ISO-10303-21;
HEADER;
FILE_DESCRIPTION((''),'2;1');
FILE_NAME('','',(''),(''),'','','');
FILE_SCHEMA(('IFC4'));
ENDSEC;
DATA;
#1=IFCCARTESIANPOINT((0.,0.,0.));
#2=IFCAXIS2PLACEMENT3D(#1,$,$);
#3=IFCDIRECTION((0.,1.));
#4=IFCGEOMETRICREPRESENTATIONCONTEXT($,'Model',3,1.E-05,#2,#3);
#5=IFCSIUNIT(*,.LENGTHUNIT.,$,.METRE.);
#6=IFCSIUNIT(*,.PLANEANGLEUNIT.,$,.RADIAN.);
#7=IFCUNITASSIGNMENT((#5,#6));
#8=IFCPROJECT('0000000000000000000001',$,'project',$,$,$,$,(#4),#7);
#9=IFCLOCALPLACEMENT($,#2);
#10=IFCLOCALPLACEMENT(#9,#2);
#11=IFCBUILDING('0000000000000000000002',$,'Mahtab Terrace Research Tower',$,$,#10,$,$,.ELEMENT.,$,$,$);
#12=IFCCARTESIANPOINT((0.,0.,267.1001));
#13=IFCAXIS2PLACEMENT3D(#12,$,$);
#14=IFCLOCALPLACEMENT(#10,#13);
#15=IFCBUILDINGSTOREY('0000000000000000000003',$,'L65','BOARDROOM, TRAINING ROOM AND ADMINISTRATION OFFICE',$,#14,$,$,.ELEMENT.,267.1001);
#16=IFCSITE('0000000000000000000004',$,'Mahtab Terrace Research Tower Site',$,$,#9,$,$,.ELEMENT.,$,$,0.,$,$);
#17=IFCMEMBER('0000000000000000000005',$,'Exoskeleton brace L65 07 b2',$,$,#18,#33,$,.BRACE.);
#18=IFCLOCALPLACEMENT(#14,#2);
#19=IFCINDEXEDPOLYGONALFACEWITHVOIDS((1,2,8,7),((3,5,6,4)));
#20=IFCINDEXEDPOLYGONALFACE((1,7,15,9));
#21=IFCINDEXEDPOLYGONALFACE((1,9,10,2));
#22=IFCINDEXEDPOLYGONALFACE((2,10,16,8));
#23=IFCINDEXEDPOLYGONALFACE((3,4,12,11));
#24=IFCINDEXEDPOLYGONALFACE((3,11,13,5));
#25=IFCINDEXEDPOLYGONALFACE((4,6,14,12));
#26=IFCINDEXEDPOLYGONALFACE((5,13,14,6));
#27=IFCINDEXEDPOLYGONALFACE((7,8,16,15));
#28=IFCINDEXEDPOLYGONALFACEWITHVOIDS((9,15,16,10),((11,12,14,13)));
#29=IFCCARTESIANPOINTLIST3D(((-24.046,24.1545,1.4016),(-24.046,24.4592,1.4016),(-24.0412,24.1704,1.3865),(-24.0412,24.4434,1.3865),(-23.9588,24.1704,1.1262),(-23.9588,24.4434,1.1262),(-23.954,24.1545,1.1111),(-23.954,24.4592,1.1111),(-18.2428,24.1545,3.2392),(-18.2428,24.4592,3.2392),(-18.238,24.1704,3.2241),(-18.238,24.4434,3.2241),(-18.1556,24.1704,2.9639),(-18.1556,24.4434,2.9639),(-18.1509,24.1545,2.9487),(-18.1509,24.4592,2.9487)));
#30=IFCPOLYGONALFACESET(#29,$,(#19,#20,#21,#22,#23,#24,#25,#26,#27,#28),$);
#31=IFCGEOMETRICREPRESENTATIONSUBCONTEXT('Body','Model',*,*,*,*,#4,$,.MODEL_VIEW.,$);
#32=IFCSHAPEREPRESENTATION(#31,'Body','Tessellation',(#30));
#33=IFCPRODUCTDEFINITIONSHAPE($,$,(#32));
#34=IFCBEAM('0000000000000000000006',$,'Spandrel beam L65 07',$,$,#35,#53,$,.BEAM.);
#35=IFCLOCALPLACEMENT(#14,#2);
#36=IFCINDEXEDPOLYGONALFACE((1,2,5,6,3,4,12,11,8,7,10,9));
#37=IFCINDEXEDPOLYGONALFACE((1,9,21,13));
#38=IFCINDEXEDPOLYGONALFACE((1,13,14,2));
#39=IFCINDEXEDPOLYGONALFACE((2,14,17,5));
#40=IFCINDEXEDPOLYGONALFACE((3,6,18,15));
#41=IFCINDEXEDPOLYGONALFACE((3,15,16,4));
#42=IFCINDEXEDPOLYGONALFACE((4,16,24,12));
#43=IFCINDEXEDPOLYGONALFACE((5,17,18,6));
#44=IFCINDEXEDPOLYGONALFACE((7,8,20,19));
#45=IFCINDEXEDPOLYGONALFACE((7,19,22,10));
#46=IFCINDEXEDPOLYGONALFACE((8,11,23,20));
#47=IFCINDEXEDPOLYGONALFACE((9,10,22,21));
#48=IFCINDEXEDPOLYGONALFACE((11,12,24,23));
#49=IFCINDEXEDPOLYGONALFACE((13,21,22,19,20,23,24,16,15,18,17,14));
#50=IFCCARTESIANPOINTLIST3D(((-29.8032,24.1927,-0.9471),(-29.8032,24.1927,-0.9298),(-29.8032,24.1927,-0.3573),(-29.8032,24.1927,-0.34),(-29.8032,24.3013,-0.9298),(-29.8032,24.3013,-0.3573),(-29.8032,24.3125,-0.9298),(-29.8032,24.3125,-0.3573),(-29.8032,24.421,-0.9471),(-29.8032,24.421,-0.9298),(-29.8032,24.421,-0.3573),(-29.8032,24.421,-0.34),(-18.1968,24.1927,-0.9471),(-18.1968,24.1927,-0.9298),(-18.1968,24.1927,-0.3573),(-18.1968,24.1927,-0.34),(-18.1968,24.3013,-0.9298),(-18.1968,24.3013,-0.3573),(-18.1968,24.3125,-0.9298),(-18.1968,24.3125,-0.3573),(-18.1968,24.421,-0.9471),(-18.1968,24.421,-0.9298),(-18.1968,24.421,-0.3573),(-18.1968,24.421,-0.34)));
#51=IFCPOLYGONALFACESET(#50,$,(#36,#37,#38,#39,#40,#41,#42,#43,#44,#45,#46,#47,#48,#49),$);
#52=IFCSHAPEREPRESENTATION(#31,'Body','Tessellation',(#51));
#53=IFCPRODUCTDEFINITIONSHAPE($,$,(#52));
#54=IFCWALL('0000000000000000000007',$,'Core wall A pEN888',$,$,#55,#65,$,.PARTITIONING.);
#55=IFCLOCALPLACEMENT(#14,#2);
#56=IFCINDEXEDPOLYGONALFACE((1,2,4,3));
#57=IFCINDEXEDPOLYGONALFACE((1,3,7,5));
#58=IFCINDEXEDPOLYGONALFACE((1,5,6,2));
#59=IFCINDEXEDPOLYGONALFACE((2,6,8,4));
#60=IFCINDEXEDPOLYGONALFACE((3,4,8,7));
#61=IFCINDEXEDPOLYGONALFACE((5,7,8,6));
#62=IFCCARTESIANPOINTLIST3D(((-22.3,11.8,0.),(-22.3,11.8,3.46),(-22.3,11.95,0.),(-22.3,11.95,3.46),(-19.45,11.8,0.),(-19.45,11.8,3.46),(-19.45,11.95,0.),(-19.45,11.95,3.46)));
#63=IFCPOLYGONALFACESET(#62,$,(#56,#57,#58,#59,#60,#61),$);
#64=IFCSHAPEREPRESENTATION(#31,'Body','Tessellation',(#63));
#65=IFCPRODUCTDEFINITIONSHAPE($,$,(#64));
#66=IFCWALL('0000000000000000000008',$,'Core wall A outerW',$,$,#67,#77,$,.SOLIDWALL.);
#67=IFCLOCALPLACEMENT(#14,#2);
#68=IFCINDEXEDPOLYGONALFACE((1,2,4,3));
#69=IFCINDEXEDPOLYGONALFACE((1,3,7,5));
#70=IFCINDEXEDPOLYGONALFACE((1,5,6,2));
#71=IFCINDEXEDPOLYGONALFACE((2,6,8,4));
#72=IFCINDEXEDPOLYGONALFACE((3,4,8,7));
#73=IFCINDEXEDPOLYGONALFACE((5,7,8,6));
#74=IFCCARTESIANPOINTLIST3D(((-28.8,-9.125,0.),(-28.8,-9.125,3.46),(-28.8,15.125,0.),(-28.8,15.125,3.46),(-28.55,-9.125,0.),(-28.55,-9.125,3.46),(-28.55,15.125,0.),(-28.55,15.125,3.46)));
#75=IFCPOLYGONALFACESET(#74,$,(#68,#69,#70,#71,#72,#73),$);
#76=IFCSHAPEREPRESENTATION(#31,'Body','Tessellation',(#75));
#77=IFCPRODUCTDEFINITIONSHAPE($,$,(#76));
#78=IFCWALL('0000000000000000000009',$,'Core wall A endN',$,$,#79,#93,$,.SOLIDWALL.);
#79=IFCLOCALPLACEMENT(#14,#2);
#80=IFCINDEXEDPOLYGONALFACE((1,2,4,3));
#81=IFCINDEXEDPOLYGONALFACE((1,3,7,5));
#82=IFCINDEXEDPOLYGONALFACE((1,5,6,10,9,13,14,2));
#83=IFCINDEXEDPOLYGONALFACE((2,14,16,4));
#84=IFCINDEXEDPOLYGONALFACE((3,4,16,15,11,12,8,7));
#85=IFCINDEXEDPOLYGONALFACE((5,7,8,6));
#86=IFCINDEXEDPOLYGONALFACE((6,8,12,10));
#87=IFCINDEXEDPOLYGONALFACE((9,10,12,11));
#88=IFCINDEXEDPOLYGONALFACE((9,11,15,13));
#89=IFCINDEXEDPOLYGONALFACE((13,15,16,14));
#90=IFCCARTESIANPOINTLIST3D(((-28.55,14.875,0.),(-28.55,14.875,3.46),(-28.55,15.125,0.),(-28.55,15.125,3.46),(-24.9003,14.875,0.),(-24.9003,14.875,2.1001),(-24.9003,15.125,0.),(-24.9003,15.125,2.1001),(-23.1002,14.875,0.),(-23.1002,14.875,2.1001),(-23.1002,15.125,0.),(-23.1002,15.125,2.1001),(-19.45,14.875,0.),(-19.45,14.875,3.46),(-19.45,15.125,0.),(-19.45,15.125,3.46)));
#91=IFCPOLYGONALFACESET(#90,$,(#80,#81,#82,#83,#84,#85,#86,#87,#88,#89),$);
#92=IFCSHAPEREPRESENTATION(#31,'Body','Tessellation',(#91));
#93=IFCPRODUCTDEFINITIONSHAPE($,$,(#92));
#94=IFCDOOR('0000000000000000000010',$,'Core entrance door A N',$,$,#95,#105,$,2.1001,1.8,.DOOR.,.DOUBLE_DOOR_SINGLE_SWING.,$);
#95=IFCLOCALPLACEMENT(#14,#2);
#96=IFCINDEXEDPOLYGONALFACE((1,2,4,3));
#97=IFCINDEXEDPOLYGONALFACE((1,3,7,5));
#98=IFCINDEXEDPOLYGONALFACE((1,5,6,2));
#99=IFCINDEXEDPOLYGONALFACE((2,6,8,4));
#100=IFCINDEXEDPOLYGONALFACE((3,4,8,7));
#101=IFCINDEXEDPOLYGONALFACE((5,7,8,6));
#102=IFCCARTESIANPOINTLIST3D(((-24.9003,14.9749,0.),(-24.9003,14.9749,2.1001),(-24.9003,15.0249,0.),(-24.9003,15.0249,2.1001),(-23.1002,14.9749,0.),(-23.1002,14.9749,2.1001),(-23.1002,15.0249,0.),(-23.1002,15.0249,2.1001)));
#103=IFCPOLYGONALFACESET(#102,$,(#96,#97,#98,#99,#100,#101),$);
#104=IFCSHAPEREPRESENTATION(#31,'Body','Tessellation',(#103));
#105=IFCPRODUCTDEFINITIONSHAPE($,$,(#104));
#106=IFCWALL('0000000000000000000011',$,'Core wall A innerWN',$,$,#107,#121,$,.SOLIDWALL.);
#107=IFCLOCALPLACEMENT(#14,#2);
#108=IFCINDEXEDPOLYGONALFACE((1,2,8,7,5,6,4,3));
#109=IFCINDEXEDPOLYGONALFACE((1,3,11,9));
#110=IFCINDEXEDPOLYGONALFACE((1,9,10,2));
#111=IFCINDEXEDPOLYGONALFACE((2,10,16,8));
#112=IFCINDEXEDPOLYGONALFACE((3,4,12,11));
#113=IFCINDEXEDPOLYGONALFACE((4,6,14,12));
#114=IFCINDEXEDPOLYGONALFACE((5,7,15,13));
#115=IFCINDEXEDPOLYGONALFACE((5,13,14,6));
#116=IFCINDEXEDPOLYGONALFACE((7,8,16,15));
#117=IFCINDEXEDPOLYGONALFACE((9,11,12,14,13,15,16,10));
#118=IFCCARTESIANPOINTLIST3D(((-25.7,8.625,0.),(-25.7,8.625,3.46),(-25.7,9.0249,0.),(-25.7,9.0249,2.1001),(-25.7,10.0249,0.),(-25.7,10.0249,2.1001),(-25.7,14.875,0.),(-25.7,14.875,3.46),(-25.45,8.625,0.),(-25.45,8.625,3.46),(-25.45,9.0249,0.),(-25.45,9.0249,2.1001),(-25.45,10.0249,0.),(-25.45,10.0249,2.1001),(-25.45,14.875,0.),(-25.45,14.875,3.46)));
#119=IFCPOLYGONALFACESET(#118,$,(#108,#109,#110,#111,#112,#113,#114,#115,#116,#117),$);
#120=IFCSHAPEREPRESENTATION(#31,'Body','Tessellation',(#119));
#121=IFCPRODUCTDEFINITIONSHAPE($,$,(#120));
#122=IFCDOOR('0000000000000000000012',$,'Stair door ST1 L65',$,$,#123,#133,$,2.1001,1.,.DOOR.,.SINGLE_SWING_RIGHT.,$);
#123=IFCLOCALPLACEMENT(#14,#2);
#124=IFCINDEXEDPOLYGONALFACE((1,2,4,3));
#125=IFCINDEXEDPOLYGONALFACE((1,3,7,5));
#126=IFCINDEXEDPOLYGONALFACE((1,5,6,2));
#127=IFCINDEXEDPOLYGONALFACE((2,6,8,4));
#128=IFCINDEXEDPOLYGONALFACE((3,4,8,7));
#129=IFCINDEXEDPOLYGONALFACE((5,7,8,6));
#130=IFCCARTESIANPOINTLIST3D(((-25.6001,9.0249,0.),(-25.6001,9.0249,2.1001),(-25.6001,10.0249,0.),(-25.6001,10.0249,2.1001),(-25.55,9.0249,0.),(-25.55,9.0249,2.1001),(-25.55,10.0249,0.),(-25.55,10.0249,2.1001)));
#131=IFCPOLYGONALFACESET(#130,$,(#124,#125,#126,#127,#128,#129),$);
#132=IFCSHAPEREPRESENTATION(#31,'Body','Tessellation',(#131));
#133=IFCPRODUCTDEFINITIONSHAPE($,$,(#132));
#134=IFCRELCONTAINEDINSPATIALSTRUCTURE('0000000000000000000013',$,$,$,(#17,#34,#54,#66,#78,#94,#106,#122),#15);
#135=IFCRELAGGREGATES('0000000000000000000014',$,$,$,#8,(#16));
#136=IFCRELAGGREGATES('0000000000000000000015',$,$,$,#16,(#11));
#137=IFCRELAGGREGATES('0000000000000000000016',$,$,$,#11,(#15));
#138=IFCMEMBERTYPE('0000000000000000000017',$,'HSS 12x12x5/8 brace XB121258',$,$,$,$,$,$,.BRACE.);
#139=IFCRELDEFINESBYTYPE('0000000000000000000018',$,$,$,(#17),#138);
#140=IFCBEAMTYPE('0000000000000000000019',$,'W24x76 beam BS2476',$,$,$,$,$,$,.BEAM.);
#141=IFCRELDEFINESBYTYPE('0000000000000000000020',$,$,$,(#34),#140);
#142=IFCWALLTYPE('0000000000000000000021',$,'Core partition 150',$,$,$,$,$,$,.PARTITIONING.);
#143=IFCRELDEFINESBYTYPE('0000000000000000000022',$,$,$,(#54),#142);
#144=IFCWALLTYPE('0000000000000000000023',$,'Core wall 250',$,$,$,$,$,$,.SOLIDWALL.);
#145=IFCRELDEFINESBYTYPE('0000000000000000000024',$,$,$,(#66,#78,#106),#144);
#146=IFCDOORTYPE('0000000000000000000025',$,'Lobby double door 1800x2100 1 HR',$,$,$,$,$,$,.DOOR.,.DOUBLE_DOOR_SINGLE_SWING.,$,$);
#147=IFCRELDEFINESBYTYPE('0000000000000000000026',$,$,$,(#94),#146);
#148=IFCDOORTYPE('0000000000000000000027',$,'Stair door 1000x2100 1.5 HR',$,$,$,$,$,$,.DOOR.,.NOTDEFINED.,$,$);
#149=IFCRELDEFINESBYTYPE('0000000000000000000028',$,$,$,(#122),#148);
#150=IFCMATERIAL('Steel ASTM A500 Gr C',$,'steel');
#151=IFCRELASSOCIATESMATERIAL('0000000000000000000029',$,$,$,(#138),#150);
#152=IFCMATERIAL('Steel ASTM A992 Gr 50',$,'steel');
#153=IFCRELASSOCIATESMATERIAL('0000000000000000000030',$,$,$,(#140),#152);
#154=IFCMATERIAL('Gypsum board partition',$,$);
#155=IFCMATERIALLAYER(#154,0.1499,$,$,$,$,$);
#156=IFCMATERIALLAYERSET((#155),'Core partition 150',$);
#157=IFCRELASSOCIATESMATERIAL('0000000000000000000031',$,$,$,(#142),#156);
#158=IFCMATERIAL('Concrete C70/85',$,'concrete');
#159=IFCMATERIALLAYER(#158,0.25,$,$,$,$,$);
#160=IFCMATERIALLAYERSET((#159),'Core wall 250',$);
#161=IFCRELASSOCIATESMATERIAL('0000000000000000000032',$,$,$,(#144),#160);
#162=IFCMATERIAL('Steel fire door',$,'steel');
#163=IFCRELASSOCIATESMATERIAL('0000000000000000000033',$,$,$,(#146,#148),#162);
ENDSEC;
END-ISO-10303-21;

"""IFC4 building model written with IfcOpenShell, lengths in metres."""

from ifc_helpers import new_model, si_unit, direction, frame, frame_2d, origin, origin_2d, place, context, subcontext, project, spatial, rectangle, hollow_rectangle, i_section, extrude, material, layer, layer_set, material_profile, profile_set, type_object, element, fill, save


model = new_model("IFC4")

# Units and contexts
model_context = context("Model", 3, precision=1e-05, world=origin(), true_north=direction((0.0, 1.0)))
body_context = subcontext(model_context, "Body", "Model", "MODEL_VIEW")
ifc_project = project(units=[si_unit("LENGTHUNIT", "METRE"), si_unit("PLANEANGLEUNIT", "RADIAN")], contexts=[model_context])

# Site, building, storey
site_placement = place(None, origin())
site = spatial("IfcSite", under=ifc_project, at=site_placement, Name="Mahtab Terrace Research Tower Site", CompositionType="ELEMENT", RefElevation=0.0)
building_placement = place(site_placement, origin())
building = spatial("IfcBuilding", under=site, at=building_placement, Name="Mahtab Terrace Research Tower", CompositionType="ELEMENT")
storey_placement = place(building_placement, frame((0.0, 0.0, 267.1001)))
storey = spatial("IfcBuildingStorey", under=building, at=storey_placement, Name="L65", Description="BOARDROOM, TRAINING ROOM AND ADMINISTRATION OFFICE", CompositionType="ELEMENT", Elevation=267.1001)

# Member
ifc_material_1 = material(Name="Steel ASTM A500 Gr C", Category="steel")
ifc_material_profile_1 = material_profile(ifc_material_1, hollow_rectangle(XDim=0.3047, YDim=0.3047, WallThickness=0.0159, at=origin_2d()), Name="HSS12X12X5/8")
ifc_profile_set_1 = profile_set([ifc_material_profile_1], Name="Steel ASTM A500 Gr C")
member_type = type_object("IfcMemberType", Name="HSS 12x12x5/8 brace XB121258", PredefinedType="BRACE", material=ifc_profile_set_1)
member_placement = place(storey_placement, frame((-24.0, 24.3069, 1.2563), z_axis=(0.953344, 0.0, 0.301886), x_axis=(0.0, 1.0, 0.0)))
element("IfcMember", 1, at=member_placement, inside=storey, type_object=member_type, Name="Exoskeleton brace L65 07 b2", PredefinedType="BRACE", context=body_context, shape_type="SweptSolid", body=[
    extrude(hollow_rectangle(XDim=0.3047, YDim=0.3047, WallThickness=0.0159, at=origin_2d()), origin(), (0.0, 0.0, 1.0), 6.0872),
])

# Beam
ifc_material_2 = material(Name="Steel ASTM A992 Gr 50", Category="steel")
ifc_material_profile_2 = material_profile(ifc_material_2, i_section(OverallWidth=0.2283, OverallDepth=0.6072, WebThickness=0.0112, FlangeThickness=0.0173, at=origin_2d()), Name="W24X76")
ifc_profile_set_2 = profile_set([ifc_material_profile_2], Name="Steel ASTM A992 Gr 50")
beam_type = type_object("IfcBeamType", Name="W24x76 beam BS2476", PredefinedType="BEAM", material=ifc_profile_set_2)
beam_placement = place(storey_placement, frame((-18.1968, 24.3069, -0.6436), z_axis=(-1.0, 0.0, 0.0), x_axis=(0.0, -1.0, 0.0)))
element("IfcBeam", 2, at=beam_placement, inside=storey, type_object=beam_type, Name="Spandrel beam L65 07", PredefinedType="BEAM", context=body_context, shape_type="SweptSolid", body=[
    extrude(i_section(OverallWidth=0.2283, OverallDepth=0.6072, WebThickness=0.0112, FlangeThickness=0.0173, at=origin_2d()), origin(), (0.0, 0.0, 1.0), 11.6064),
])

# Walls
ifc_material_3 = material(Name="Gypsum board partition")
ifc_layer_1 = layer(ifc_material_3, 0.1499)
ifc_layer_set_1 = layer_set([ifc_layer_1], Name="Core partition 150")
wall_type_1 = type_object("IfcWallType", Name="Core partition 150", PredefinedType="PARTITIONING", material=ifc_layer_set_1)
wall_1_placement = place(storey_placement, frame((-22.3, 11.875, 0.0), z_axis=(0.0, 0.0, 1.0), x_axis=(1.0, 0.0, 0.0)))
element("IfcWall", 3, at=wall_1_placement, inside=storey, type_object=wall_type_1, Name="Core wall A pEN888", PredefinedType="PARTITIONING", context=body_context, shape_type="SweptSolid", body=[
    extrude(rectangle(XDim=2.8501, YDim=0.1499, at=frame_2d((1.425, 0.0))), origin(), (0.0, 0.0, 1.0), 3.46),
])
ifc_material_4 = material(Name="Concrete C70/85", Category="concrete")
ifc_layer_2 = layer(ifc_material_4, 0.25)
ifc_layer_set_2 = layer_set([ifc_layer_2], Name="Core wall 250")
wall_type_2 = type_object("IfcWallType", Name="Core wall 250", PredefinedType="SOLIDWALL", material=ifc_layer_set_2)
wall_2_placement = place(storey_placement, frame((-28.675, 15.125, 0.0), z_axis=(0.0, 0.0, 1.0), x_axis=(0.0, -1.0, 0.0)))
element("IfcWall", 4, at=wall_2_placement, inside=storey, type_object=wall_type_2, Name="Core wall A outerW", PredefinedType="SOLIDWALL", context=body_context, shape_type="SweptSolid", body=[
    extrude(rectangle(XDim=24.25, YDim=0.25, at=frame_2d((12.125, 0.0))), origin(), (0.0, 0.0, 1.0), 3.46),
])

# Walls, openings, doors
wall_3_placement = place(storey_placement, frame((-28.55, 15.0, 0.0), z_axis=(0.0, 0.0, 1.0), x_axis=(1.0, 0.0, 0.0)))
wall_3 = element("IfcWall", 5, at=wall_3_placement, inside=storey, type_object=wall_type_2, Name="Core wall A endN", PredefinedType="SOLIDWALL", context=body_context, shape_type="SweptSolid", body=[
    extrude(rectangle(XDim=9.1001, YDim=0.25, at=frame_2d((4.55, 0.0))), origin(), (0.0, 0.0, 1.0), 3.46),
])
opening_1_placement = place(wall_3_placement, frame((3.6499, 0.0, 0.0)))
opening_1 = element("IfcOpeningElement", 6, at=opening_1_placement, cuts=wall_3, PredefinedType="OPENING", context=body_context, shape_type="SweptSolid", body=[
    extrude(rectangle(XDim=1.8, YDim=2.1001, at=frame_2d((0.8999, 1.05))), frame((0.0, 0.135, 0.0), z_axis=(0.0, -1.0, 0.0), x_axis=(1.0, 0.0, 0.0)), (0.0, 0.0, 1.0), 0.27),
])
ifc_material_5 = material(Name="Steel fire door", Category="steel")
door_type_1 = type_object("IfcDoorType", Name="Lobby double door 1800x2100 1 HR", OperationType="DOUBLE_DOOR_SINGLE_SWING", PredefinedType="DOOR", material=ifc_material_5)
door_1_placement = place(opening_1_placement, origin())
door_1 = element("IfcDoor", 7, at=door_1_placement, inside=storey, type_object=door_type_1, Name="Core entrance door A N", OperationType="DOUBLE_DOOR_SINGLE_SWING", OverallHeight=2.1001, OverallWidth=1.8, PredefinedType="DOOR", context=body_context, shape_type="SweptSolid", body=[
    extrude(rectangle(XDim=1.8, YDim=2.1001, at=frame_2d((0.8999, 1.05))), frame((0.0, 0.0249, 0.0), z_axis=(0.0, -1.0, 0.0), x_axis=(1.0, 0.0, 0.0)), (0.0, 0.0, 1.0), 0.05),
])
fill(opening_1, door_1)
wall_4_placement = place(storey_placement, frame((-25.575, 14.875, 0.0), z_axis=(0.0, 0.0, 1.0), x_axis=(0.0, -1.0, 0.0)))
wall_4 = element("IfcWall", 8, at=wall_4_placement, inside=storey, type_object=wall_type_2, Name="Core wall A innerWN", PredefinedType="SOLIDWALL", context=body_context, shape_type="SweptSolid", body=[
    extrude(rectangle(XDim=6.25, YDim=0.25, at=frame_2d((3.125, 0.0))), origin(), (0.0, 0.0, 1.0), 3.46),
])
opening_2_placement = place(wall_4_placement, frame((4.8501, 0.0, 0.0)))
opening_2 = element("IfcOpeningElement", 9, at=opening_2_placement, cuts=wall_4, PredefinedType="OPENING", context=body_context, shape_type="SweptSolid", body=[
    extrude(rectangle(XDim=1.0, YDim=2.1001, at=frame_2d((0.5, 1.05))), frame((0.0, 0.135, 0.0), z_axis=(0.0, -1.0, 0.0), x_axis=(1.0, 0.0, 0.0)), (0.0, 0.0, 1.0), 0.27),
])
door_type_2 = type_object("IfcDoorType", Name="Stair door 1000x2100 1.5 HR", OperationType="NOTDEFINED", PredefinedType="DOOR", material=ifc_material_5)
door_2_placement = place(opening_2_placement, origin())
door_2 = element("IfcDoor", 10, at=door_2_placement, inside=storey, type_object=door_type_2, Name="Stair door ST1 L65", OperationType="SINGLE_SWING_RIGHT", OverallHeight=2.1001, OverallWidth=1.0, PredefinedType="DOOR", context=body_context, shape_type="SweptSolid", body=[
    extrude(rectangle(XDim=1.0, YDim=2.1001, at=frame_2d((0.5, 1.05))), frame((0.0, 0.0249, 0.0), z_axis=(0.0, -1.0, 0.0), x_axis=(1.0, 0.0, 0.0)), (0.0, 0.0, 1.0), 0.05),
])
fill(opening_2, door_2)

save(model, "model.ifc")
